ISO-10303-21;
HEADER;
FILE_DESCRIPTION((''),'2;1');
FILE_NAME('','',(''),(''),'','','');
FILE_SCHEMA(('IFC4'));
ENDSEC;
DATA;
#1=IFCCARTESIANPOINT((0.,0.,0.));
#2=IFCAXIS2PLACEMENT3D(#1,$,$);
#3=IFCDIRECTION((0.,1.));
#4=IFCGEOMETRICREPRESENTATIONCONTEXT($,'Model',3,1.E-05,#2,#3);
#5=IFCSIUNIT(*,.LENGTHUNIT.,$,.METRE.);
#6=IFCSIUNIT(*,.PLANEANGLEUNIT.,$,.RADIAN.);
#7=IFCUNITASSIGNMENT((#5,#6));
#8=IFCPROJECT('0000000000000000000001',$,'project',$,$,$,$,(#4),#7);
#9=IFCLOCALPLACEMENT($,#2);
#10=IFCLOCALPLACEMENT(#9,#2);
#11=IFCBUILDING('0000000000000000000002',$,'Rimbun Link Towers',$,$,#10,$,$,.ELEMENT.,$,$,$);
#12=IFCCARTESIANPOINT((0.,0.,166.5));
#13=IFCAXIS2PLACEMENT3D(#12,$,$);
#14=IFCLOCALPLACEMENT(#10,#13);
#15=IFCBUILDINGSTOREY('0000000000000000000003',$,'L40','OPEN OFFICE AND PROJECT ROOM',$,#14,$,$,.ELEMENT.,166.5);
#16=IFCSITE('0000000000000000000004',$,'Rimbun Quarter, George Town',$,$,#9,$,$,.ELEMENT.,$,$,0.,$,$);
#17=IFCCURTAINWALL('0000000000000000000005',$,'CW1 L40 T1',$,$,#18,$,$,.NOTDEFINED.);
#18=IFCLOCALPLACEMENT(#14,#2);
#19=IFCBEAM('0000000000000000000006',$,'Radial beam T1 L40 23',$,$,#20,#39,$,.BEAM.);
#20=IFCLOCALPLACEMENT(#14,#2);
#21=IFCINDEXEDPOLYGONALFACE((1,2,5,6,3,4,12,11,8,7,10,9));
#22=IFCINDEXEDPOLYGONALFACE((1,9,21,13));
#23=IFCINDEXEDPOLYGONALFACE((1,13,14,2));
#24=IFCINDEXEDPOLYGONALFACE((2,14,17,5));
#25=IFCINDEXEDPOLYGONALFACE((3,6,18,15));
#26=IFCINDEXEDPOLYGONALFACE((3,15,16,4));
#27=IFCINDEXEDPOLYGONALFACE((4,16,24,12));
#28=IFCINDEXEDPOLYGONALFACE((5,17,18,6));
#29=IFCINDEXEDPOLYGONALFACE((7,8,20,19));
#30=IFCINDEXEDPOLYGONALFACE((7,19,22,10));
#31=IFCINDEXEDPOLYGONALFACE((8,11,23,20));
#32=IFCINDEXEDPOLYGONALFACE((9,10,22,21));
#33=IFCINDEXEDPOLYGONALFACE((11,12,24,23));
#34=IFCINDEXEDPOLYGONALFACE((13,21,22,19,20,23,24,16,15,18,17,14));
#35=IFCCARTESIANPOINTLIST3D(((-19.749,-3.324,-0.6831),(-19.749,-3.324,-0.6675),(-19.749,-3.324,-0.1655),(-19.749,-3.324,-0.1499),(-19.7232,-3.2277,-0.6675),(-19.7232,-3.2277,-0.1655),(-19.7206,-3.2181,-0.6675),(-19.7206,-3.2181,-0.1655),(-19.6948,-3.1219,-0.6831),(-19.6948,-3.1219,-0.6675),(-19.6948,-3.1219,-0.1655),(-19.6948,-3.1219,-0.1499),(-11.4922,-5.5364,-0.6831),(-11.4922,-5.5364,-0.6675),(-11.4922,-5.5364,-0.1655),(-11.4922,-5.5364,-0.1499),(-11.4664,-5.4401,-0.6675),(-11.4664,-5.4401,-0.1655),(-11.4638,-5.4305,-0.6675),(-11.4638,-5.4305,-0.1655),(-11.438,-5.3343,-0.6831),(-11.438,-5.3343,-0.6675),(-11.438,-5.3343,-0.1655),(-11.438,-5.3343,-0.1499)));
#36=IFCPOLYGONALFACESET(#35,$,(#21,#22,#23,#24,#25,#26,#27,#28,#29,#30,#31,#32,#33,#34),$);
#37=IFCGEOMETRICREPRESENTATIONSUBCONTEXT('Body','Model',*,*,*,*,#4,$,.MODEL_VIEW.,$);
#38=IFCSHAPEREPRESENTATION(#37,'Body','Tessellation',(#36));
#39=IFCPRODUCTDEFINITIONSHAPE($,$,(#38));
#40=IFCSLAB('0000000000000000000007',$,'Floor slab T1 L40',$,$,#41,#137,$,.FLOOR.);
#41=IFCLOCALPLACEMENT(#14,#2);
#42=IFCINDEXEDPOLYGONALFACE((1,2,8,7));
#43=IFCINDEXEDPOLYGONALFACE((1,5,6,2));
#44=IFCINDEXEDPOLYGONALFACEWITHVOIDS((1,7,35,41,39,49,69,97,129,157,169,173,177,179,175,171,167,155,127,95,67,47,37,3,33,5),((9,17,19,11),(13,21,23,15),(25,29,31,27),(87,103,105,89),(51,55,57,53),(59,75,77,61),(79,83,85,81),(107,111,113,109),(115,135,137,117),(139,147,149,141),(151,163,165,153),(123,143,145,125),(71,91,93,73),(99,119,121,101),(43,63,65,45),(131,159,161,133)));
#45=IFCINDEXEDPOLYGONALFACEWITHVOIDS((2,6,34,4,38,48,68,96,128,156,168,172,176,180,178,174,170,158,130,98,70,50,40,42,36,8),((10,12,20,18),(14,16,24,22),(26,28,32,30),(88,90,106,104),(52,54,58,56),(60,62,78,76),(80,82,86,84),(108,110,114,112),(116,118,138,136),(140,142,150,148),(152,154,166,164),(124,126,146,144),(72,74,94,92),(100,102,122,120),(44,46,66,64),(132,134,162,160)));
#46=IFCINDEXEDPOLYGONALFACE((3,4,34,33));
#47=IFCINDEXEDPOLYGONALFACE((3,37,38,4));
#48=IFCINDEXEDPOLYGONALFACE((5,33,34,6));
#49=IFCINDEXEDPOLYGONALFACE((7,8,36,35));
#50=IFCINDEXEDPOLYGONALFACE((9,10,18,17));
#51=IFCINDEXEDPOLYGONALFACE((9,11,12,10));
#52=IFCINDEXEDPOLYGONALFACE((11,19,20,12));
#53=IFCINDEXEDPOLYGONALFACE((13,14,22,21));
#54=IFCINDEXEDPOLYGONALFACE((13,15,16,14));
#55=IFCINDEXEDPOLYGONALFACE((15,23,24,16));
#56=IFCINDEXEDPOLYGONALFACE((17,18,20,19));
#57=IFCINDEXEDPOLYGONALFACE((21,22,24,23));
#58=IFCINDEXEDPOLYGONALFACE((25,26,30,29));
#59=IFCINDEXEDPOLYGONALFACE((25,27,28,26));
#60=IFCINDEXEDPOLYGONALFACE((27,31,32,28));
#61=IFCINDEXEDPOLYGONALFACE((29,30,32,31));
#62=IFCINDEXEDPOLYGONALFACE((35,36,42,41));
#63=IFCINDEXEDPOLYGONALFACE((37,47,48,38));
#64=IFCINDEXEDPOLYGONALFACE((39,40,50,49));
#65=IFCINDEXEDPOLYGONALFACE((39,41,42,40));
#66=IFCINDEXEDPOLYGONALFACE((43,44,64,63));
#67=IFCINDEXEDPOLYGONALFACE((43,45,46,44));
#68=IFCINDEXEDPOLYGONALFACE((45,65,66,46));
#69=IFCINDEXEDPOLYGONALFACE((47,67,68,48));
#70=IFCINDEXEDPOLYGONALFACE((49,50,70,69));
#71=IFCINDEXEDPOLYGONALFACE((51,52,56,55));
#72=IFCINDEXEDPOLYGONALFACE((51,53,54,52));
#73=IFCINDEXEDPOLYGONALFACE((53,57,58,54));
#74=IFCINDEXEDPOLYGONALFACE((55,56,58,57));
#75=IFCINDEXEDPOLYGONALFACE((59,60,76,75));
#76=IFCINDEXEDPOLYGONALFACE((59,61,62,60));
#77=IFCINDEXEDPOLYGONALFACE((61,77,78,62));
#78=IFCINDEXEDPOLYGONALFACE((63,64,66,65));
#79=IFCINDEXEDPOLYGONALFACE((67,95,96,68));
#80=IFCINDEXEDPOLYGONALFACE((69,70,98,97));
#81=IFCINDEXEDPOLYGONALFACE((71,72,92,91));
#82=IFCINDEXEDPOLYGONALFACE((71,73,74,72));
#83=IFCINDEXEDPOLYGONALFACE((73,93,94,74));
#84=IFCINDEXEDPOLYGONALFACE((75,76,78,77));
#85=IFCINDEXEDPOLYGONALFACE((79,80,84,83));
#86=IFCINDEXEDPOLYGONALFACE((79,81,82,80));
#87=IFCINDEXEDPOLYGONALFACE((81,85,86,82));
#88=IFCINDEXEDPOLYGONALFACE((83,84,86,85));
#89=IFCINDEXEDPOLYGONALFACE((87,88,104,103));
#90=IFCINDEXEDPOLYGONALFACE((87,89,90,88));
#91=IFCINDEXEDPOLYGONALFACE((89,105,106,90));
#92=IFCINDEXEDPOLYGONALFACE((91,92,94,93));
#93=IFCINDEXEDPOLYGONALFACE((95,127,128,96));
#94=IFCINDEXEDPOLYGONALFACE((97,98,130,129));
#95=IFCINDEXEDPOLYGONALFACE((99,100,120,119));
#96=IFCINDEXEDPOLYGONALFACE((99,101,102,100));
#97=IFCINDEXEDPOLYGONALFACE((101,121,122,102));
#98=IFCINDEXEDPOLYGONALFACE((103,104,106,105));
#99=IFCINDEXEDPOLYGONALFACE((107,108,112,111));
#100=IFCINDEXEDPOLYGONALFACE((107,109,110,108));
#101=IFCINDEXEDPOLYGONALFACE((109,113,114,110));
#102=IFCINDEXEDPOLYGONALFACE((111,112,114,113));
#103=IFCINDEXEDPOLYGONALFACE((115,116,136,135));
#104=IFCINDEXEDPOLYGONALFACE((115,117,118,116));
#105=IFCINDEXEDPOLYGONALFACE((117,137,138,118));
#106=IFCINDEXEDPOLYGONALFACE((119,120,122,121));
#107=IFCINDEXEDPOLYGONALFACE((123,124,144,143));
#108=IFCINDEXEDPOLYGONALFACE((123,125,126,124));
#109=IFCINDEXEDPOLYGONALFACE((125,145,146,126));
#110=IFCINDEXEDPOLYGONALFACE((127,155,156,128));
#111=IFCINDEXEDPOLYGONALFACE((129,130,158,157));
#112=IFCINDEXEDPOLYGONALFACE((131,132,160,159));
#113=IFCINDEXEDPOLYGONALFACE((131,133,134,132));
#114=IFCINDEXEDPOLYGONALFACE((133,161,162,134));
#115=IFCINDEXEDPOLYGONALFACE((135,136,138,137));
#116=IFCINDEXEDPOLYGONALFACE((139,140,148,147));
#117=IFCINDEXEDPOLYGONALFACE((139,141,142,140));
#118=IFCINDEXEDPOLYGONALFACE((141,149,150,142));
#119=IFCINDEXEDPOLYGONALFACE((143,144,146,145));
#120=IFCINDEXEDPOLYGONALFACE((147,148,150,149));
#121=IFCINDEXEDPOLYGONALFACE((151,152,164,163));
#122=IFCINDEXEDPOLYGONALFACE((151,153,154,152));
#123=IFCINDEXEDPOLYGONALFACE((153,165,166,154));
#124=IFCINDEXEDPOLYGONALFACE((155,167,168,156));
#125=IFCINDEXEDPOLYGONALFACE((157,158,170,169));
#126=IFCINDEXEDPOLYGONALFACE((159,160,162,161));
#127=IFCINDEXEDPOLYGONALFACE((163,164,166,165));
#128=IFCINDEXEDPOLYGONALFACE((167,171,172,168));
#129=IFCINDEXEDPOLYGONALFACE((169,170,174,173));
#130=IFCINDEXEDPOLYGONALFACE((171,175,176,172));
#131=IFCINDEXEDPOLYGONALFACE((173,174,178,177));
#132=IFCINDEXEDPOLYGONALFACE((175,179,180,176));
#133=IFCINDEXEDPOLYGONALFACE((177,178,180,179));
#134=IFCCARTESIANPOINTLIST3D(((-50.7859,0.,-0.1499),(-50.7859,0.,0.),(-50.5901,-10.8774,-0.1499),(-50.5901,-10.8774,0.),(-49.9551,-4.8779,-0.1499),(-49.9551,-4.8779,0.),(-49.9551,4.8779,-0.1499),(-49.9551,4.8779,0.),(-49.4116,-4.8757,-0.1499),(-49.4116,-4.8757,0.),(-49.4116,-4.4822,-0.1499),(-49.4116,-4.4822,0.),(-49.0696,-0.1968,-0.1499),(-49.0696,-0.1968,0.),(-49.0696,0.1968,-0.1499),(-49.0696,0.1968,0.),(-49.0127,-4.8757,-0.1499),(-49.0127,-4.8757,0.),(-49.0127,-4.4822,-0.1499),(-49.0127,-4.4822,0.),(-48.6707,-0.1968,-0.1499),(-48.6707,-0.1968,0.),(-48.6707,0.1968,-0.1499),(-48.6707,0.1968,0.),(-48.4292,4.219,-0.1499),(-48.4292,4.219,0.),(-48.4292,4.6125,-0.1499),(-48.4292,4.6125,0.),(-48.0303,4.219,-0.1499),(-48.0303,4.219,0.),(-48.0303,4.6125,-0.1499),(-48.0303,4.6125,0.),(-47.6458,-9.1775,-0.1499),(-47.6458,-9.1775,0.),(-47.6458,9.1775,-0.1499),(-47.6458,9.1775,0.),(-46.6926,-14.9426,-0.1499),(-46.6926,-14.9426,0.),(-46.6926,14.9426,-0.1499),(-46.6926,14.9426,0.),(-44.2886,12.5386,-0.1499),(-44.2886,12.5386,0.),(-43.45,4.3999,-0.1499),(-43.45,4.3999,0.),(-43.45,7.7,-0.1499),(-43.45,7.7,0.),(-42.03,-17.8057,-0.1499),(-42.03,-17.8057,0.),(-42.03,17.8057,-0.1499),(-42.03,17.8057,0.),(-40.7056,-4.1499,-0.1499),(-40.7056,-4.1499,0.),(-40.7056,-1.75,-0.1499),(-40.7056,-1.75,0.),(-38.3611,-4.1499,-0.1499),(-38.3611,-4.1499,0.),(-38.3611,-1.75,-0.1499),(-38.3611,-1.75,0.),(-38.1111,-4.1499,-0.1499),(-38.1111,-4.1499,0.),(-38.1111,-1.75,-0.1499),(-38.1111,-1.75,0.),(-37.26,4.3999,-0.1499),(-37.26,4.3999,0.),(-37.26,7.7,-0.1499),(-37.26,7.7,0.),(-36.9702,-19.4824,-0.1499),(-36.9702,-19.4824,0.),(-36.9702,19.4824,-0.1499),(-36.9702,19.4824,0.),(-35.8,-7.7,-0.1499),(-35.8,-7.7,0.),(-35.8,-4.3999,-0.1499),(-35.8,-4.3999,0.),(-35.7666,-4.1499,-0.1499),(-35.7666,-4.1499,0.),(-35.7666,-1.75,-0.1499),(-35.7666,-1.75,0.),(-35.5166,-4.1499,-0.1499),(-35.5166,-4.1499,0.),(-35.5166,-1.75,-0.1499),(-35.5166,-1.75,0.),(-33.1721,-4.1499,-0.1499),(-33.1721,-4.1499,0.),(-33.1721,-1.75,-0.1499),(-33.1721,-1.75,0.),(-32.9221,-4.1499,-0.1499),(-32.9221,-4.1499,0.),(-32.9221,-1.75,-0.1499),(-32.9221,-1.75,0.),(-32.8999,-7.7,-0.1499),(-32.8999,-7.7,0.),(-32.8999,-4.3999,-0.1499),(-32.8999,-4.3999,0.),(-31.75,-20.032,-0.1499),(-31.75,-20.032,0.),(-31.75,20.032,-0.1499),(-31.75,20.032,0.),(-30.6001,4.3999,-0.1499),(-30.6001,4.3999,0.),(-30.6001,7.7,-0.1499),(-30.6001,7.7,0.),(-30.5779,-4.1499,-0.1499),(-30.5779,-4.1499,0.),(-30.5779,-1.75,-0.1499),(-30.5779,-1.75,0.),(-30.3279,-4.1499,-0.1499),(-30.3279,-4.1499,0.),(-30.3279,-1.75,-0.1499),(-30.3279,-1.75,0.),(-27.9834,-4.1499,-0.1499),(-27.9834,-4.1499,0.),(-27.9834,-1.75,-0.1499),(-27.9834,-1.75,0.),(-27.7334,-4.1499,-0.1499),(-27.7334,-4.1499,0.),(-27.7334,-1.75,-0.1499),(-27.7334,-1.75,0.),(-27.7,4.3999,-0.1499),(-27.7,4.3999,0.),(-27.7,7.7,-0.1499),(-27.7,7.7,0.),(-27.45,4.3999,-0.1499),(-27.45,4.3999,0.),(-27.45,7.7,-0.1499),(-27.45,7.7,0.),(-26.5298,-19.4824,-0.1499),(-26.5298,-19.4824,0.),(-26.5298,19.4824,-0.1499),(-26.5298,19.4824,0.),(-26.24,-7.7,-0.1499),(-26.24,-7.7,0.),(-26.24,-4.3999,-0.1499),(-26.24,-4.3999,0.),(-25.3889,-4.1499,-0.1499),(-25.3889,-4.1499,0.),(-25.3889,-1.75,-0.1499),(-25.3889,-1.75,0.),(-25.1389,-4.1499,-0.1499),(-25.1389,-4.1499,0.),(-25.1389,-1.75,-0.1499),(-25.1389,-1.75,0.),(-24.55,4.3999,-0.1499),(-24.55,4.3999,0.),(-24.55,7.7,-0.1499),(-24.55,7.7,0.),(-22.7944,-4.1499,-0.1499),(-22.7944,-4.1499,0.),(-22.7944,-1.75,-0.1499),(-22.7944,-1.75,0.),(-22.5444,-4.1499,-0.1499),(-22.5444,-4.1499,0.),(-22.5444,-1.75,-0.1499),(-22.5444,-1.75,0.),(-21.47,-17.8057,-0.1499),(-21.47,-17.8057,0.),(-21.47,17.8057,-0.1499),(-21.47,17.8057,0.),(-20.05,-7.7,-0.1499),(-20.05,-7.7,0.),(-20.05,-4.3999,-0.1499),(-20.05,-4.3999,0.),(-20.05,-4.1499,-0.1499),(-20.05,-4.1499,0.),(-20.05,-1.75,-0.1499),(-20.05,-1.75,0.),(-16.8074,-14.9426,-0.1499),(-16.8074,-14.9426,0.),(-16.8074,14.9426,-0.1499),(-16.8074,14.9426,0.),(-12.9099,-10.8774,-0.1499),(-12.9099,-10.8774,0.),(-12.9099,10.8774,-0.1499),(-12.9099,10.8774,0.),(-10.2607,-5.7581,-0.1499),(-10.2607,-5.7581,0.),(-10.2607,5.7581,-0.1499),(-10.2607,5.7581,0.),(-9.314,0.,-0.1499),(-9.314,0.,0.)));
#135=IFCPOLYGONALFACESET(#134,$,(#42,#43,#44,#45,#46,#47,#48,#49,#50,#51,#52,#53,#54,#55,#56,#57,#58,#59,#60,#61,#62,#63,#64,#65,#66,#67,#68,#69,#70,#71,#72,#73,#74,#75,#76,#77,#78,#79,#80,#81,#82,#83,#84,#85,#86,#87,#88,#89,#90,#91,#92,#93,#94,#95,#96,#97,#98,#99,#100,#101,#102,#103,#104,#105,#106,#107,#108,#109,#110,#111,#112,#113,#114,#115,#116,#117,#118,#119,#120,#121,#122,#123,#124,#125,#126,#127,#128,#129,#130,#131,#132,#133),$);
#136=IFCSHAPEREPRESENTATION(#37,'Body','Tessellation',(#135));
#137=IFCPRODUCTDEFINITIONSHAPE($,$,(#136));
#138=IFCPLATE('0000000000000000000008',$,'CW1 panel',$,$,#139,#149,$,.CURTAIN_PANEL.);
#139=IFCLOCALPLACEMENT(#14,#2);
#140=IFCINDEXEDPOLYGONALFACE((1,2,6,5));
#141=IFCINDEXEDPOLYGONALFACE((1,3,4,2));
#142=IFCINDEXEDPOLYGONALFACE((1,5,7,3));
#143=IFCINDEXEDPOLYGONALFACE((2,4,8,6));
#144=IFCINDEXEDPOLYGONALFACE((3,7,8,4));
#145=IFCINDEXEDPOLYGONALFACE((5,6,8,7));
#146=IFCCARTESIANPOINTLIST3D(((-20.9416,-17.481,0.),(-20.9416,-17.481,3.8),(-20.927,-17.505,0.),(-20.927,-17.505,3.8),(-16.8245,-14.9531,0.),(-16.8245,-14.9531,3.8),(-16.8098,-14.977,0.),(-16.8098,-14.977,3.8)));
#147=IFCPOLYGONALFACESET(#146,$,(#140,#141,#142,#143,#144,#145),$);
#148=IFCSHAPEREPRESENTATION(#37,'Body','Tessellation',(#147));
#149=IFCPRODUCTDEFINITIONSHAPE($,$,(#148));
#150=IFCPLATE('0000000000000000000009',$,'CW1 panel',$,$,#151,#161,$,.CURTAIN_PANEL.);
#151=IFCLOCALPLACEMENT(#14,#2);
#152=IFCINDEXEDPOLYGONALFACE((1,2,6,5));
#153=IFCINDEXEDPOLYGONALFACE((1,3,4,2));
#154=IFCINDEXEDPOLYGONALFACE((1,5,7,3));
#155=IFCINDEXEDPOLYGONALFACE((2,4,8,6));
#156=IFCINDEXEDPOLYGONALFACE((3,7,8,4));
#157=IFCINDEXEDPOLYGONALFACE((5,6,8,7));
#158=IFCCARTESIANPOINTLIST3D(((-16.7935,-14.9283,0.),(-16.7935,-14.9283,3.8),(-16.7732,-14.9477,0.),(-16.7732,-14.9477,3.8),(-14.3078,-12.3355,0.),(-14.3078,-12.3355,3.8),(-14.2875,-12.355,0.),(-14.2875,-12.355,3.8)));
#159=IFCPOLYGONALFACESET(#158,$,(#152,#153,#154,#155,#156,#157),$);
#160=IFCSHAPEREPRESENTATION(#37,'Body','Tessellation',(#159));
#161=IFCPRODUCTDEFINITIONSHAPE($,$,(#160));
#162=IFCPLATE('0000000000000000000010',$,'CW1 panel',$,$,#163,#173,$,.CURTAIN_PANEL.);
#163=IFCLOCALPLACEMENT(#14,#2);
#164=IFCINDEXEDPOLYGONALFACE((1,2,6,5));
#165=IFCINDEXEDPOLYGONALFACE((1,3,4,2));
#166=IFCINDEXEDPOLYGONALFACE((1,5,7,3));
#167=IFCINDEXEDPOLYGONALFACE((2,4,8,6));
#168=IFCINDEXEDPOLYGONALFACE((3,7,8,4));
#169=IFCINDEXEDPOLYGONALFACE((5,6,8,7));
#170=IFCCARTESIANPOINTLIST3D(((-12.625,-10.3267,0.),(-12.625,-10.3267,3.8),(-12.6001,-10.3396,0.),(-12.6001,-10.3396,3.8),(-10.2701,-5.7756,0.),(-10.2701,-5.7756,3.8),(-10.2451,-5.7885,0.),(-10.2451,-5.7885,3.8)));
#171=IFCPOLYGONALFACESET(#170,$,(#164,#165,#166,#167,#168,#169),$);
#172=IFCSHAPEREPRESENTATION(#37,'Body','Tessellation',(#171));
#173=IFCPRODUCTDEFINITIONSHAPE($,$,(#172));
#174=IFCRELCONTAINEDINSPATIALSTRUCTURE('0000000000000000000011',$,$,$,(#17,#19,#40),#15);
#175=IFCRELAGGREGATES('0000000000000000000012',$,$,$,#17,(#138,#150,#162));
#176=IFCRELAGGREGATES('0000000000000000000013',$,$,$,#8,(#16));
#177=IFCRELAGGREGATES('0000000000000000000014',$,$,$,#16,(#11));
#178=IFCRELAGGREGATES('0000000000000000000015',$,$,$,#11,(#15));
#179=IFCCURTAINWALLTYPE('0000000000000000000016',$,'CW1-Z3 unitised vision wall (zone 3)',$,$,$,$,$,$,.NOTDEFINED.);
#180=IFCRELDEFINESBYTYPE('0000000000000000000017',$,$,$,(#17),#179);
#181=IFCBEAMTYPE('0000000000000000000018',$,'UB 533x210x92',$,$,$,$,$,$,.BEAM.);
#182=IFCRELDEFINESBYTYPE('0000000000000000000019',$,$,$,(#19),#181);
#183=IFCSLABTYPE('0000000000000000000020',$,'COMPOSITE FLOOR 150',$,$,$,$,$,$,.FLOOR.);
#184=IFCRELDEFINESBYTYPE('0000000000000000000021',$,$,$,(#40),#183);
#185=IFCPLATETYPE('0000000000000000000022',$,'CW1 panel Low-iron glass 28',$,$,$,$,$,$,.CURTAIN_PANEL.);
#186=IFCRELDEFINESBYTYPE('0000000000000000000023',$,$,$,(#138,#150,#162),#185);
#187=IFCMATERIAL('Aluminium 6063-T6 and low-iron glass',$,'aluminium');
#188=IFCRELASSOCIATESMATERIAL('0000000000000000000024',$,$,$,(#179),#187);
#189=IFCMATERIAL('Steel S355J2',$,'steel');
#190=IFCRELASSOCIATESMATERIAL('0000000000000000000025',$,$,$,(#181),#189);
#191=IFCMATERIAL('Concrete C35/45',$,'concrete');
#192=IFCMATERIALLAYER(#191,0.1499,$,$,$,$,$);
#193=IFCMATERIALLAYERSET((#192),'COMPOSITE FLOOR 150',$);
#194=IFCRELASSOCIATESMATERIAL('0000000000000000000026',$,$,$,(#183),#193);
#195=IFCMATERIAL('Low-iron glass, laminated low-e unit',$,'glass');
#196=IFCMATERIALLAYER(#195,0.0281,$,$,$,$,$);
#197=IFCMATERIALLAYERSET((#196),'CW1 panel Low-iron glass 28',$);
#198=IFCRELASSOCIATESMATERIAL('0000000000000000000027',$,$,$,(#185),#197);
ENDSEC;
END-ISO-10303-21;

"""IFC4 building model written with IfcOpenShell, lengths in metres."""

from ifc_helpers import new_model, si_unit, direction, frame, origin, origin_2d, place, context, subcontext, project, spatial, polyline, rectangle, i_section, outline, extrude, material, layer, layer_set, material_profile, profile_set, type_object, element, aggregate, save


model = new_model("IFC4")

# Units and contexts
model_context = context("Model", 3, precision=1e-05, world=origin(), true_north=direction((0.0, 1.0)))
body_context = subcontext(model_context, "Body", "Model", "MODEL_VIEW")
ifc_project = project(units=[si_unit("LENGTHUNIT", "METRE"), si_unit("PLANEANGLEUNIT", "RADIAN")], contexts=[model_context])

# Site, building, storey
site_placement = place(None, origin())
site = spatial("IfcSite", under=ifc_project, at=site_placement, Name="Rimbun Quarter, George Town", CompositionType="ELEMENT", RefElevation=0.0)
building_placement = place(site_placement, origin())
building = spatial("IfcBuilding", under=site, at=building_placement, Name="Rimbun Link Towers", CompositionType="ELEMENT")
storey_placement = place(building_placement, frame((0.0, 0.0, 166.5)))
storey = spatial("IfcBuildingStorey", under=building, at=storey_placement, Name="L40", Description="OPEN OFFICE AND PROJECT ROOM", CompositionType="ELEMENT", Elevation=166.5)

# Curtain wall
ifc_material_1 = material(Name="Aluminium 6063-T6 and low-iron glass", Category="aluminium")
curtain_wall_type = type_object("IfcCurtainWallType", Name="CW1-Z3 unitised vision wall (zone 3)", PredefinedType="NOTDEFINED", material=ifc_material_1)
curtain_wall_placement = place(storey_placement, origin())
curtain_wall = element("IfcCurtainWall", 1, at=curtain_wall_placement, inside=storey, type_object=curtain_wall_type, Name="CW1 L40 T1", PredefinedType="NOTDEFINED")

# Beam
ifc_material_2 = material(Name="Steel S355J2", Category="steel")
ifc_material_profile_1 = material_profile(ifc_material_2, i_section(OverallWidth=0.2092, OverallDepth=0.5332, WebThickness=0.01, FlangeThickness=0.0156, at=origin_2d()), Name="UB 533x210x92")
ifc_profile_set_1 = profile_set([ifc_material_profile_1], Name="Steel S355J2")
beam_type_1 = type_object("IfcBeamType", Name="UB 533x210x92", PredefinedType="BEAM", material=ifc_profile_set_1)
beam_1_placement = place(storey_placement, frame((-19.7219, -3.2229, -0.4165), z_axis=(0.965926, -0.258818, 0.0), x_axis=(0.258818, 0.965926, 0.0)))
element("IfcBeam", 2, at=beam_1_placement, inside=storey, type_object=beam_type_1, Name="Radial beam T1 L40 23", PredefinedType="BEAM", context=body_context, shape_type="SweptSolid", body=[
    extrude(i_section(OverallWidth=0.2092, OverallDepth=0.5332, WebThickness=0.01, FlangeThickness=0.0156, at=origin_2d()), origin(), (0.0, 0.0, 1.0), 8.5481),
])

# Slab
ifc_material_3 = material(Name="Concrete C35/45", Category="concrete")
ifc_layer_1 = layer(ifc_material_3, 0.1499)
ifc_layer_set_1 = layer_set([ifc_layer_1], Name="COMPOSITE FLOOR 150")
slab_type = type_object("IfcSlabType", Name="COMPOSITE FLOOR 150", PredefinedType="FLOOR", material=ifc_layer_set_1)
slab_placement = place(storey_placement, frame((0.0, 0.0, -0.1499)))
element("IfcSlab", 3, at=slab_placement, inside=storey, type_object=slab_type, Name="Floor slab T1 L40", PredefinedType="FLOOR", context=body_context, shape_type="SweptSolid", body=[
    extrude(outline(polyline([(-42.03, 17.8057), (-36.9702, 19.4824), (-31.75, 20.032), (-26.5298, 19.4824), (-21.47, 17.8057), (-16.8074, 14.9426), (-12.9099, 10.8774), (-10.2607, 5.7581), (-9.314, 0.0), (-10.2607, -5.7581), (-12.9099, -10.8774), (-16.8074, -14.9426), (-21.47, -17.8057), (-26.5298, -19.4824), (-31.75, -20.032), (-36.9702, -19.4824), (-42.03, -17.8057), (-46.6926, -14.9426), (-50.5901, -10.8774), (-47.6458, -9.1775), (-49.9551, -4.8779), (-50.7859, 0.0), (-49.9551, 4.8779), (-47.6458, 9.1775), (-44.2886, 12.5386), (-46.6926, 14.9426), (-42.03, 17.8057)]), holes=[polyline([(-32.8999, -7.7), (-32.8999, -4.3999), (-35.8, -4.3999), (-35.8, -7.7), (-32.8999, -7.7)]), polyline([(-49.0127, -4.8757), (-49.0127, -4.4822), (-49.4116, -4.4822), (-49.4116, -4.8757), (-49.0127, -4.8757)]), polyline([(-38.3611, -4.1499), (-38.3611, -1.75), (-40.7056, -1.75), (-40.7056, -4.1499), (-38.3611, -4.1499)]), polyline([(-35.7666, -4.1499), (-35.7666, -1.75), (-38.1111, -1.75), (-38.1111, -4.1499), (-35.7666, -4.1499)]), polyline([(-33.1721, -4.1499), (-33.1721, -1.75), (-35.5166, -1.75), (-35.5166, -4.1499), (-33.1721, -4.1499)]), polyline([(-48.6707, -0.1968), (-48.6707, 0.1968), (-49.0696, 0.1968), (-49.0696, -0.1968), (-48.6707, -0.1968)]), polyline([(-48.0303, 4.219), (-48.0303, 4.6125), (-48.4292, 4.6125), (-48.4292, 4.219), (-48.0303, 4.219)]), polyline([(-37.26, 4.3999), (-37.26, 7.7), (-43.45, 7.7), (-43.45, 4.3999), (-37.26, 4.3999)]), polyline([(-20.05, -7.7), (-20.05, -4.3999), (-26.24, -4.3999), (-26.24, -7.7), (-20.05, -7.7)]), polyline([(-30.5779, -4.1499), (-30.5779, -1.75), (-32.9221, -1.75), (-32.9221, -4.1499), (-30.5779, -4.1499)]), polyline([(-27.9834, -4.1499), (-27.9834, -1.75), (-30.3279, -1.75), (-30.3279, -4.1499), (-27.9834, -4.1499)]), polyline([(-25.3889, -4.1499), (-25.3889, -1.75), (-27.7334, -1.75), (-27.7334, -4.1499), (-25.3889, -4.1499)]), polyline([(-22.7944, -4.1499), (-22.7944, -1.75), (-25.1389, -1.75), (-25.1389, -4.1499), (-22.7944, -4.1499)]), polyline([(-20.05, -4.1499), (-20.05, -1.75), (-22.5444, -1.75), (-22.5444, -4.1499), (-20.05, -4.1499)]), polyline([(-27.7, 4.3999), (-27.7, 7.7), (-30.6001, 7.7), (-30.6001, 4.3999), (-27.7, 4.3999)]), polyline([(-24.55, 4.3999), (-24.55, 7.7), (-27.45, 7.7), (-27.45, 4.3999), (-24.55, 4.3999)])]), origin(), (0.0, 0.0, 1.0), 0.1499),
])

# Plates
ifc_material_4 = material(Name="Low-iron glass, laminated low-e unit", Category="glass")
ifc_layer_2 = layer(ifc_material_4, 0.0281)
ifc_layer_set_2 = layer_set([ifc_layer_2], Name="CW1 panel Low-iron glass 28")
plate_type = type_object("IfcPlateType", Name="CW1 panel Low-iron glass 28", PredefinedType="CURTAIN_PANEL", material=ifc_layer_set_2)
plate_1_placement = place(storey_placement, frame((-18.8757, -16.229, 0.0), z_axis=(0.0, 0.0, 1.0), x_axis=(-0.852179, -0.52325, 0.0)))
plate_1 = element("IfcPlate", 4, at=plate_1_placement, type_object=plate_type, Name="CW1 panel", PredefinedType="CURTAIN_PANEL", context=body_context, shape_type="SweptSolid", body=[
    extrude(rectangle(XDim=4.8313, YDim=0.0281, at=origin_2d()), origin(), (0.0, 0.0, 1.0), 3.8),
])
plate_2_placement = place(storey_placement, frame((-15.5405, -13.6416, 0.0), z_axis=(0.0, 0.0, 1.0), x_axis=(-0.692052, -0.721847, 0.0)))
plate_2 = element("IfcPlate", 5, at=plate_2_placement, type_object=plate_type, Name="CW1 panel", PredefinedType="CURTAIN_PANEL", context=body_context, shape_type="SweptSolid", body=[
    extrude(rectangle(XDim=3.5918, YDim=0.0281, at=origin_2d()), origin(), (0.0, 0.0, 1.0), 3.8),
])
plate_3_placement = place(storey_placement, frame((-11.4351, -8.0576, 0.0), z_axis=(0.0, 0.0, 1.0), x_axis=(-0.459565, -0.888144, 0.0)))
plate_3 = element("IfcPlate", 6, at=plate_3_placement, type_object=plate_type, Name="CW1 panel", PredefinedType="CURTAIN_PANEL", context=body_context, shape_type="SweptSolid", body=[
    extrude(rectangle(XDim=5.1243, YDim=0.0281, at=origin_2d()), origin(), (0.0, 0.0, 1.0), 3.8),
])
aggregate(curtain_wall, [plate_1, plate_2, plate_3])

save(model, "model.ifc")
